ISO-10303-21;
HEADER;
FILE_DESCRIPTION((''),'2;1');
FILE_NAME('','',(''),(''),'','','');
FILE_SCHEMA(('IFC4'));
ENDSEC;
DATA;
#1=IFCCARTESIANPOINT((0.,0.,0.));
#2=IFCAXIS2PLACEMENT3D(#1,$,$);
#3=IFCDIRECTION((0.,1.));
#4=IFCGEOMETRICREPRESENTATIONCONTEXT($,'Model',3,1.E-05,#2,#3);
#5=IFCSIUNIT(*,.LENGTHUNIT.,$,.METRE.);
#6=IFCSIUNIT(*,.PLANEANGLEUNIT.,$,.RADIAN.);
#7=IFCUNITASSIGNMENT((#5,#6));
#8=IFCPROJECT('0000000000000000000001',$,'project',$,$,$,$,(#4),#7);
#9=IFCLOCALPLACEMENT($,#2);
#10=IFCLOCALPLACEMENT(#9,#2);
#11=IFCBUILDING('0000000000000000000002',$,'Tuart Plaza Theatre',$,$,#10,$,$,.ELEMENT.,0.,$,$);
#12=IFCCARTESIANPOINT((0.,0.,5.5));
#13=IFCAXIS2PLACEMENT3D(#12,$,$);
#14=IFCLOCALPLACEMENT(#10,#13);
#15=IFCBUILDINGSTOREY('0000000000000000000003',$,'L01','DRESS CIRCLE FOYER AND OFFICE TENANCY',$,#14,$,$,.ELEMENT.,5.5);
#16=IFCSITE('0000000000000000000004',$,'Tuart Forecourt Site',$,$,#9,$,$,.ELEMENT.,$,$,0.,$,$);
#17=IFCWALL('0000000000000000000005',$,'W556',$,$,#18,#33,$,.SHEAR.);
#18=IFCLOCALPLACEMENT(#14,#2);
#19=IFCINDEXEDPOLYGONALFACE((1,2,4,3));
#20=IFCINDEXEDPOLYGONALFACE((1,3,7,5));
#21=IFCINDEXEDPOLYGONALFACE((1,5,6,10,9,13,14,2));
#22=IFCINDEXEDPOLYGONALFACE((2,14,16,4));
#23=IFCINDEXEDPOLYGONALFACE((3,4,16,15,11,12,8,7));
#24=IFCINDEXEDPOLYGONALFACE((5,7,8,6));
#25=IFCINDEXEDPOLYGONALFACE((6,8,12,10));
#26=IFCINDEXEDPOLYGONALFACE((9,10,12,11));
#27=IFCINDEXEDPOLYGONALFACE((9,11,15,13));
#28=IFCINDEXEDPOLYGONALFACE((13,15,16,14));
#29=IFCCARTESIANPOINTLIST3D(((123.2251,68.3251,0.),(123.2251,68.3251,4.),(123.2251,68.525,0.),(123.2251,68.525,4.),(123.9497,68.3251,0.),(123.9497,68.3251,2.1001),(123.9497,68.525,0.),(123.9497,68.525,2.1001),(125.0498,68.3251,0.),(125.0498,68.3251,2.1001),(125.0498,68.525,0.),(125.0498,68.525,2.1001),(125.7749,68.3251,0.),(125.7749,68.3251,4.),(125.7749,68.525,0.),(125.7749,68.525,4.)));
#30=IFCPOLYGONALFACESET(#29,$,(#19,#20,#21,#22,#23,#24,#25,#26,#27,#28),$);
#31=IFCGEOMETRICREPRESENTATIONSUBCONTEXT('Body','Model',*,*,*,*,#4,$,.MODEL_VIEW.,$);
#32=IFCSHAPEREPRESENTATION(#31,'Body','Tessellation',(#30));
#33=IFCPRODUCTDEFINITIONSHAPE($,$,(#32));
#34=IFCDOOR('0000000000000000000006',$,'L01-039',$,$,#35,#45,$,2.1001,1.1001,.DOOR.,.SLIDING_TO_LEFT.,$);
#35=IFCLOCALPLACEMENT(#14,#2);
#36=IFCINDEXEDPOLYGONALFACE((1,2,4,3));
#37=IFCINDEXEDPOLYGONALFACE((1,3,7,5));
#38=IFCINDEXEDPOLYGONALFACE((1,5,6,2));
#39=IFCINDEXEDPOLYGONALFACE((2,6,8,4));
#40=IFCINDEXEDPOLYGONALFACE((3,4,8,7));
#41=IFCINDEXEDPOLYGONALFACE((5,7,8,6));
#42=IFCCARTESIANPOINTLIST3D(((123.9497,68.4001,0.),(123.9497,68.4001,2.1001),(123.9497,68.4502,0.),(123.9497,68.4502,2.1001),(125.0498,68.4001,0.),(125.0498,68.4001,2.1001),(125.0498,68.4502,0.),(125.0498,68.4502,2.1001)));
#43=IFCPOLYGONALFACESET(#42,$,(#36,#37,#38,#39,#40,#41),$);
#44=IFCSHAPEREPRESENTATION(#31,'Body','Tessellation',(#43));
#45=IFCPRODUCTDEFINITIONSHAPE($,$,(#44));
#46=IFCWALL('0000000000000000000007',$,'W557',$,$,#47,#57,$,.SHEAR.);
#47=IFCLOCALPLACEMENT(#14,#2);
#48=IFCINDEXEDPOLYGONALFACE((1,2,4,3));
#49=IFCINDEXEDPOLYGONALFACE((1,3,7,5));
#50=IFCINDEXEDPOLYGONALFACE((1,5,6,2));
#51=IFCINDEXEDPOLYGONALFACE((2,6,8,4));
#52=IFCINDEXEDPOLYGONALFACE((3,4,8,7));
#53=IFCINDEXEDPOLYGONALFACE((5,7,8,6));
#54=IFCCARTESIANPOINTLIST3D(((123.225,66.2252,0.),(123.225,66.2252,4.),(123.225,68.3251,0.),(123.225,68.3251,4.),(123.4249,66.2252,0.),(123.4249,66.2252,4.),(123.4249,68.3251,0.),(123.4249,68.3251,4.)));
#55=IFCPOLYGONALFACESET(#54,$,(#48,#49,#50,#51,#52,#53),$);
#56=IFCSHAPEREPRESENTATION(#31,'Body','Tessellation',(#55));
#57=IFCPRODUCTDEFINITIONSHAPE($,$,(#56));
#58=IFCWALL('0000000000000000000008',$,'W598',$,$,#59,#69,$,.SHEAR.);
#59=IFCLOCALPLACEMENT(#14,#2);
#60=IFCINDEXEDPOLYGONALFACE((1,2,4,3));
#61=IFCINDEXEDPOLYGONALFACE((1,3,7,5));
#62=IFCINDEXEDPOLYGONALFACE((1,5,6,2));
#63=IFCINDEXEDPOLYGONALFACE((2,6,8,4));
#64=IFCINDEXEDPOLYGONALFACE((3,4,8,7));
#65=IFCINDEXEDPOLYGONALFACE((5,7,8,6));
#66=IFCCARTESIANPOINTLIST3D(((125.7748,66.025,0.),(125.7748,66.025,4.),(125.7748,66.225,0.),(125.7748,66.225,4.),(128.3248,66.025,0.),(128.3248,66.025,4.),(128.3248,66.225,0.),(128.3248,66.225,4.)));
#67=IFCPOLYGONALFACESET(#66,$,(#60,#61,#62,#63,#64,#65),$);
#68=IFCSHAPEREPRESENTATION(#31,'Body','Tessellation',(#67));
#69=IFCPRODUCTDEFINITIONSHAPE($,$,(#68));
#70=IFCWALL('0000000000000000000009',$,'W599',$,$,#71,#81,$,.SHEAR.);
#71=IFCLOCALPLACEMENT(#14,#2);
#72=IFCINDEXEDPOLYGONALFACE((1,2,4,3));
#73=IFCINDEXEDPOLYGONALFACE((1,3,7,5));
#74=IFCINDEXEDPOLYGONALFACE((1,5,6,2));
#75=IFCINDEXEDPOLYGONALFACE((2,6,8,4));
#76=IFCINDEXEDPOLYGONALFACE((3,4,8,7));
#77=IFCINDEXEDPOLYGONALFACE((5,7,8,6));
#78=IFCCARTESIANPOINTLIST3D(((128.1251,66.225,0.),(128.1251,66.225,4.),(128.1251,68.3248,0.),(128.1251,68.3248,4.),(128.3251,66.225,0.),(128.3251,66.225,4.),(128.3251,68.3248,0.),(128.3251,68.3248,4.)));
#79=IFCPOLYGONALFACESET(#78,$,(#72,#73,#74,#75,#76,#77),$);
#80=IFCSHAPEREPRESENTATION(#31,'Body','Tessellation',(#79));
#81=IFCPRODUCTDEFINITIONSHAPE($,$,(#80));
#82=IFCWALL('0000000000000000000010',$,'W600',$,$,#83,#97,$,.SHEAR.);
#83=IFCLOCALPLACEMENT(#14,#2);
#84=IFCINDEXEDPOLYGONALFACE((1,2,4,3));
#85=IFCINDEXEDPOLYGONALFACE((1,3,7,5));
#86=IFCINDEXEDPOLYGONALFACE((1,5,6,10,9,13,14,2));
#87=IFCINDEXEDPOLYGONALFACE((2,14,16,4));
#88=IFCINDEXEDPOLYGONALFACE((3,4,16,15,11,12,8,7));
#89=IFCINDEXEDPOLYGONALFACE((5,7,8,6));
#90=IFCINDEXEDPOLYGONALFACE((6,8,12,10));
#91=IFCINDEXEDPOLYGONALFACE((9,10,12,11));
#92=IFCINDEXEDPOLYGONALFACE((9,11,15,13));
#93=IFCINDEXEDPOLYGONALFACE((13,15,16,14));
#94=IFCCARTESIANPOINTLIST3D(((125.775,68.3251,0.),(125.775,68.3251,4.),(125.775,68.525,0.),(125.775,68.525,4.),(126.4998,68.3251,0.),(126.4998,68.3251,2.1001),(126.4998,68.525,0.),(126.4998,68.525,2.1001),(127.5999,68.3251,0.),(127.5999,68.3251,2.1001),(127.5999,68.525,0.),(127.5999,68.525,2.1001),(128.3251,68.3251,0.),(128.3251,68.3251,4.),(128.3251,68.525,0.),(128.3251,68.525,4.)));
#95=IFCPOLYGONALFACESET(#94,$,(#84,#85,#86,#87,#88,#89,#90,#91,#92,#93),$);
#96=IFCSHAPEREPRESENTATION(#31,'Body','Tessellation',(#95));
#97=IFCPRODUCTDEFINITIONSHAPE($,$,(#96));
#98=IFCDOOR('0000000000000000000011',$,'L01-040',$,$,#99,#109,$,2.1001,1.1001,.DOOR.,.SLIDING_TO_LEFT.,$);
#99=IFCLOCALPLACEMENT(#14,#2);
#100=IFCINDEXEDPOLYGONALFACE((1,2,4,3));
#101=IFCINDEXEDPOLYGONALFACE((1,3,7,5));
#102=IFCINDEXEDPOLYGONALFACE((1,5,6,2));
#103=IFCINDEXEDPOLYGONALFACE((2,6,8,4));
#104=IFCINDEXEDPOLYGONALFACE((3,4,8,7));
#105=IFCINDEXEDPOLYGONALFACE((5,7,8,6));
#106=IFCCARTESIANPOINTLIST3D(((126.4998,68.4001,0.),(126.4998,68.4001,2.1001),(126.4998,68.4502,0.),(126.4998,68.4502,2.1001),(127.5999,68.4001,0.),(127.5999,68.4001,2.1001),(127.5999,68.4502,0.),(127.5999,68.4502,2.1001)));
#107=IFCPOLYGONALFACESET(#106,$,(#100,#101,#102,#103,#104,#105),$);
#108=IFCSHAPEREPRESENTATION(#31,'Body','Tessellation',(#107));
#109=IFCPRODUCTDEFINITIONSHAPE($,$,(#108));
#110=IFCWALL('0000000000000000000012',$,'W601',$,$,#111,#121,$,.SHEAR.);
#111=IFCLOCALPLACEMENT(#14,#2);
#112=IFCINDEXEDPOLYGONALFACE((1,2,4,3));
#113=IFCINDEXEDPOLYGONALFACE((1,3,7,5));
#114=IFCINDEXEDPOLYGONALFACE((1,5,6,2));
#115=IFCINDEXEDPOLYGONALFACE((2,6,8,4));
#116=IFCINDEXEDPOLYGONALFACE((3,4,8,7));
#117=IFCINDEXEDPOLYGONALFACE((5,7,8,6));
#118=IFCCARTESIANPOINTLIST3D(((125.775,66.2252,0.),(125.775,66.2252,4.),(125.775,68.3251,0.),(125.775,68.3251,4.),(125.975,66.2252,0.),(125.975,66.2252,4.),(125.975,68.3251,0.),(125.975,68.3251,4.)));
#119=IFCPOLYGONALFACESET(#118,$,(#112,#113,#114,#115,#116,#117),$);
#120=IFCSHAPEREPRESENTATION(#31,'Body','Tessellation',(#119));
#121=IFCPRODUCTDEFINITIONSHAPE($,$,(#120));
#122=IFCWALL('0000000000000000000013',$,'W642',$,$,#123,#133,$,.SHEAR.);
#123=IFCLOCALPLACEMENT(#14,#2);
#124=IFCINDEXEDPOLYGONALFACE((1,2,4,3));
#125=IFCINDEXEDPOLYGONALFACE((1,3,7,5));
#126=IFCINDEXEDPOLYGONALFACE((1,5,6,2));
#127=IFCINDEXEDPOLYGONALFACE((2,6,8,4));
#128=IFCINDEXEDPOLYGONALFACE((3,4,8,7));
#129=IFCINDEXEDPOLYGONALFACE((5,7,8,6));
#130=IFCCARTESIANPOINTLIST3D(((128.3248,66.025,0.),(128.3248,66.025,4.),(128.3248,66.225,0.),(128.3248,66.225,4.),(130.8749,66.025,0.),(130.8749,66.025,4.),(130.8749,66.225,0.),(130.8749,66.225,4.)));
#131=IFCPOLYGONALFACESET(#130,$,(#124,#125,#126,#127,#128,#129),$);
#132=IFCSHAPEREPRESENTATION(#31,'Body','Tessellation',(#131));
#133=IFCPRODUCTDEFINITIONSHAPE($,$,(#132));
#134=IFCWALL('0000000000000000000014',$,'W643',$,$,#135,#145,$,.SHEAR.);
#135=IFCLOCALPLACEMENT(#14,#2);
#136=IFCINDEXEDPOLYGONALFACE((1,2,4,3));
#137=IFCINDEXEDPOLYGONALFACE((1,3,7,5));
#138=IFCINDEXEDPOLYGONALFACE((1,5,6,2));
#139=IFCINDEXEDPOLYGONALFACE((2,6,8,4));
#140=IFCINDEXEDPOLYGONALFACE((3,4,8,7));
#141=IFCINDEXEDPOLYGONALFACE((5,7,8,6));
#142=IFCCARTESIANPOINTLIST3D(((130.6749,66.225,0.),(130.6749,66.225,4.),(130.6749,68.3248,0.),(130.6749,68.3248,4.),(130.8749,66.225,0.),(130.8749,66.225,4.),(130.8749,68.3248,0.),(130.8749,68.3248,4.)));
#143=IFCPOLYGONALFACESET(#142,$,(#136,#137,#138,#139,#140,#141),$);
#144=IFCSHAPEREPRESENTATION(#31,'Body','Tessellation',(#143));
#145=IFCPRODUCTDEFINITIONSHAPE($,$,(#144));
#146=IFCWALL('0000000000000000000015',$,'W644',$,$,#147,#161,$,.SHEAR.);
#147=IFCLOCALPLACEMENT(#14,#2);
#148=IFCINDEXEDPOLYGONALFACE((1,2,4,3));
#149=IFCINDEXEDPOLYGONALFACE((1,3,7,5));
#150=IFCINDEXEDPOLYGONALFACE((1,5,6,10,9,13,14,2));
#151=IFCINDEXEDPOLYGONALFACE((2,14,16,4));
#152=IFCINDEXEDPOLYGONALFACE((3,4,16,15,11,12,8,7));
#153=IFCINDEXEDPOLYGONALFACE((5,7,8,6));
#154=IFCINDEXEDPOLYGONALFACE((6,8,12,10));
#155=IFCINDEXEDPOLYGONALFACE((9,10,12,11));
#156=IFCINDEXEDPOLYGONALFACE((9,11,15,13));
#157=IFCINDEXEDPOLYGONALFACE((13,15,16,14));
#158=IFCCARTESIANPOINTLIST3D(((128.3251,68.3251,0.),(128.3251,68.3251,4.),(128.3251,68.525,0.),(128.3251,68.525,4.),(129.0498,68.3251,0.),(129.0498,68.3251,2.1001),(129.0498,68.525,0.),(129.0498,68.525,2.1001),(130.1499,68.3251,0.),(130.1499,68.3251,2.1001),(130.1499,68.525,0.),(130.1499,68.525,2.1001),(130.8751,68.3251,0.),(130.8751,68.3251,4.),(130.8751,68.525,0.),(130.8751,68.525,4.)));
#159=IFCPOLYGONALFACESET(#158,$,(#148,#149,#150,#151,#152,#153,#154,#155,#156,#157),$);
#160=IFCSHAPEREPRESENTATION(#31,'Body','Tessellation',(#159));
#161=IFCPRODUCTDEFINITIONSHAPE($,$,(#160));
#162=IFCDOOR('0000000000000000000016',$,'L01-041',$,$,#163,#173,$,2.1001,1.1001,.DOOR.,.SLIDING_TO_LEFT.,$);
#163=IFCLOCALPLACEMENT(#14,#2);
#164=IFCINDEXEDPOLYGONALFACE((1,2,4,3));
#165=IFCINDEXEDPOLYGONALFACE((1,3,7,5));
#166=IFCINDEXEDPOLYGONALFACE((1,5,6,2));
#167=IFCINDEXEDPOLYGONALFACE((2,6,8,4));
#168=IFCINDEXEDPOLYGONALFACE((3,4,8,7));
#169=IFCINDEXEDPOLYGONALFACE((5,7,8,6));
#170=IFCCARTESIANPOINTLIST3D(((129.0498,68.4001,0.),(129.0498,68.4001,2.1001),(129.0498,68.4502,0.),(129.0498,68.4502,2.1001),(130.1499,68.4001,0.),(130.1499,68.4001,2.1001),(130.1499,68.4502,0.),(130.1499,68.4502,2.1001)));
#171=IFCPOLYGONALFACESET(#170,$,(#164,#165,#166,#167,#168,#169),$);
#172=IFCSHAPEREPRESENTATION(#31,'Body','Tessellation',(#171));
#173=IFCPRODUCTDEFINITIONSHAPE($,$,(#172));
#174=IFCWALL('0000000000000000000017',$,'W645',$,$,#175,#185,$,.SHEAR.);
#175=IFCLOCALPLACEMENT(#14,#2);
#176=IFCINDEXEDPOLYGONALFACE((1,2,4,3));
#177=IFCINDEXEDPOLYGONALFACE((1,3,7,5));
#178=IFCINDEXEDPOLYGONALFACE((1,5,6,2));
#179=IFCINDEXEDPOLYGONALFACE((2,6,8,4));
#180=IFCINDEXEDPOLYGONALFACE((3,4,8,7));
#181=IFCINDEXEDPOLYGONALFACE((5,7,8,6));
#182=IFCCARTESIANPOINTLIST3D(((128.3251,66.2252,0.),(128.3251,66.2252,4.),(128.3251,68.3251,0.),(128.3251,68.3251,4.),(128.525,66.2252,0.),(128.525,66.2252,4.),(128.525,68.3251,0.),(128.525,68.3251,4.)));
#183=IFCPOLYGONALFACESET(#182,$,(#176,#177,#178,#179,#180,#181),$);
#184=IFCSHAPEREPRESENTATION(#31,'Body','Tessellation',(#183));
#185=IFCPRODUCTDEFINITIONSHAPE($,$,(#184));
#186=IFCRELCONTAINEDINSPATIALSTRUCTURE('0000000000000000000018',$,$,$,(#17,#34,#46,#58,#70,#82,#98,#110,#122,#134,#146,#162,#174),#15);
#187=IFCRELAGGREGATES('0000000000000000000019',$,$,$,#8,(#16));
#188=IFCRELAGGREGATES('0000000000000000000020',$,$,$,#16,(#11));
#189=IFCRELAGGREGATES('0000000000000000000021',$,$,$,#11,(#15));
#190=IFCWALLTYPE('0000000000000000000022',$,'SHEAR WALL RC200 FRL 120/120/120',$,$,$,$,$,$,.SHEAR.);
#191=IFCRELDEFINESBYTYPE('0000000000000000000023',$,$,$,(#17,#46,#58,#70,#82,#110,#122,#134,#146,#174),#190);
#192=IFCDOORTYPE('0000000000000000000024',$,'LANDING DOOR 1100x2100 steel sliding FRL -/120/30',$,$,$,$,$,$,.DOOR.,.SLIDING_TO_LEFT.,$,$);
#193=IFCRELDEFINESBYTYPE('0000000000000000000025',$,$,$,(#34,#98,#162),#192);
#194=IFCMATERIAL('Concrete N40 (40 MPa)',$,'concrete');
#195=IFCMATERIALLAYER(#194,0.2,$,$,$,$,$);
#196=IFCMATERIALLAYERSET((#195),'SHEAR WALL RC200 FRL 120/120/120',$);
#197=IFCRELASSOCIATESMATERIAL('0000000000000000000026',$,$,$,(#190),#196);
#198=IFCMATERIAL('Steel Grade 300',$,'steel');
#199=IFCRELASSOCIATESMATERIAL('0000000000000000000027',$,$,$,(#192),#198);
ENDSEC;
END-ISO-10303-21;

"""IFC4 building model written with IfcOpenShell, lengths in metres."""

from ifc_helpers import new_model, si_unit, direction, frame, frame_2d, origin, place, context, subcontext, project, spatial, rectangle, extrude, material, layer, layer_set, type_object, element, fill, save


model = new_model("IFC4")

# Units and contexts
model_context = context("Model", 3, precision=1e-05, world=origin(), true_north=direction((0.0, 1.0)))
body_context = subcontext(model_context, "Body", "Model", "MODEL_VIEW")
ifc_project = project(units=[si_unit("LENGTHUNIT", "METRE"), si_unit("PLANEANGLEUNIT", "RADIAN")], contexts=[model_context])

# Site, building, storey
site_placement = place(None, origin())
site = spatial("IfcSite", under=ifc_project, at=site_placement, Name="Tuart Forecourt Site", CompositionType="ELEMENT", RefElevation=0.0)
building_placement = place(site_placement, origin())
building = spatial("IfcBuilding", under=site, at=building_placement, Name="Tuart Plaza Theatre", CompositionType="ELEMENT", ElevationOfRefHeight=0.0)
storey_placement = place(building_placement, frame((0.0, 0.0, 5.5)))
storey = spatial("IfcBuildingStorey", under=building, at=storey_placement, Name="L01", Description="DRESS CIRCLE FOYER AND OFFICE TENANCY", CompositionType="ELEMENT", Elevation=5.5)

# Shared definitions
ifc_material_1 = material(Name="Concrete N40 (40 MPa)", Category="concrete")
ifc_layer_1 = layer(ifc_material_1, 0.2)
ifc_layer_set_1 = layer_set([ifc_layer_1], Name="SHEAR WALL RC200 FRL 120/120/120")
wall_type_1 = type_object("IfcWallType", Name="SHEAR WALL RC200 FRL 120/120/120", PredefinedType="SHEAR", material=ifc_layer_set_1)

# Wall, opening, door
wall_1_placement = place(storey_placement, frame((125.7749, 68.425, 0.0), z_axis=(0.0, 0.0, 1.0), x_axis=(-1.0, 0.0, 0.0)))
wall_1 = element("IfcWall", 1, at=wall_1_placement, inside=storey, type_object=wall_type_1, Name="W556", PredefinedType="SHEAR", context=body_context, shape_type="SweptSolid", body=[
    extrude(rectangle(XDim=2.5498, YDim=0.2, at=frame_2d((1.2749, 0.0))), origin(), (0.0, 0.0, 1.0), 4.0),
])
opening_1_placement = place(wall_1_placement, frame((0.7251, 0.0, 0.0)))
opening_1 = element("IfcOpeningElement", 2, at=opening_1_placement, cuts=wall_1, PredefinedType="OPENING", context=body_context, shape_type="SweptSolid", body=[
    extrude(rectangle(XDim=1.1001, YDim=2.1001, at=frame_2d((0.55, 1.05))), frame((0.0, 0.1099, 0.0), z_axis=(0.0, -1.0, 0.0), x_axis=(1.0, 0.0, 0.0)), (0.0, 0.0, 1.0), 0.22),
])
ifc_material_2 = material(Name="Steel Grade 300", Category="steel")
door_type_1 = type_object("IfcDoorType", Name="LANDING DOOR 1100x2100 steel sliding FRL -/120/30", OperationType="SLIDING_TO_LEFT", PredefinedType="DOOR", material=ifc_material_2)
door_1_placement = place(opening_1_placement, origin())
door_1 = element("IfcDoor", 3, at=door_1_placement, inside=storey, type_object=door_type_1, Name="L01-039", OperationType="SLIDING_TO_LEFT", OverallHeight=2.1001, OverallWidth=1.1001, PredefinedType="DOOR", context=body_context, shape_type="SweptSolid", body=[
    extrude(rectangle(XDim=1.1001, YDim=2.1001, at=frame_2d((0.55, 1.05))), frame((0.0, 0.0249, 0.0), z_axis=(0.0, -1.0, 0.0), x_axis=(1.0, 0.0, 0.0)), (0.0, 0.0, 1.0), 0.05),
])
fill(opening_1, door_1)

# Walls
wall_2_placement = place(storey_placement, frame((123.325, 68.325, 0.0), z_axis=(0.0, 0.0, 1.0), x_axis=(0.0, -1.0, 0.0)))
element("IfcWall", 4, at=wall_2_placement, inside=storey, type_object=wall_type_1, Name="W557", PredefinedType="SHEAR", context=body_context, shape_type="SweptSolid", body=[
    extrude(rectangle(XDim=2.0999, YDim=0.2, at=frame_2d((1.0498, 0.0))), origin(), (0.0, 0.0, 1.0), 4.0),
])
wall_3_placement = place(storey_placement, frame((125.7749, 66.125, 0.0), z_axis=(0.0, 0.0, 1.0), x_axis=(1.0, 0.0, 0.0)))
element("IfcWall", 5, at=wall_3_placement, inside=storey, type_object=wall_type_1, Name="W598", PredefinedType="SHEAR", context=body_context, shape_type="SweptSolid", body=[
    extrude(rectangle(XDim=2.55, YDim=0.2, at=frame_2d((1.2749, 0.0))), origin(), (0.0, 0.0, 1.0), 4.0),
])
wall_4_placement = place(storey_placement, frame((128.2251, 66.2251, 0.0), z_axis=(0.0, 0.0, 1.0), x_axis=(0.0, 1.0, 0.0)))
element("IfcWall", 6, at=wall_4_placement, inside=storey, type_object=wall_type_1, Name="W599", PredefinedType="SHEAR", context=body_context, shape_type="SweptSolid", body=[
    extrude(rectangle(XDim=2.0999, YDim=0.2, at=frame_2d((1.0498, 0.0))), origin(), (0.0, 0.0, 1.0), 4.0),
])

# Wall, opening, door
wall_5_placement = place(storey_placement, frame((128.325, 68.425, 0.0), z_axis=(0.0, 0.0, 1.0), x_axis=(-1.0, 0.0, 0.0)))
wall_5 = element("IfcWall", 7, at=wall_5_placement, inside=storey, type_object=wall_type_1, Name="W600", PredefinedType="SHEAR", context=body_context, shape_type="SweptSolid", body=[
    extrude(rectangle(XDim=2.55, YDim=0.2, at=frame_2d((1.2749, 0.0))), origin(), (0.0, 0.0, 1.0), 4.0),
])
opening_2_placement = place(wall_5_placement, frame((0.7251, 0.0, 0.0)))
opening_2 = element("IfcOpeningElement", 8, at=opening_2_placement, cuts=wall_5, PredefinedType="OPENING", context=body_context, shape_type="SweptSolid", body=[
    extrude(rectangle(XDim=1.1001, YDim=2.1001, at=frame_2d((0.55, 1.05))), frame((0.0, 0.1099, 0.0), z_axis=(0.0, -1.0, 0.0), x_axis=(1.0, 0.0, 0.0)), (0.0, 0.0, 1.0), 0.22),
])
door_2_placement = place(opening_2_placement, origin())
door_2 = element("IfcDoor", 9, at=door_2_placement, inside=storey, type_object=door_type_1, Name="L01-040", OperationType="SLIDING_TO_LEFT", OverallHeight=2.1001, OverallWidth=1.1001, PredefinedType="DOOR", context=body_context, shape_type="SweptSolid", body=[
    extrude(rectangle(XDim=1.1001, YDim=2.1001, at=frame_2d((0.55, 1.05))), frame((0.0, 0.0249, 0.0), z_axis=(0.0, -1.0, 0.0), x_axis=(1.0, 0.0, 0.0)), (0.0, 0.0, 1.0), 0.05),
])
fill(opening_2, door_2)

# Walls
wall_6_placement = place(storey_placement, frame((125.875, 68.325, 0.0), z_axis=(0.0, 0.0, 1.0), x_axis=(0.0, -1.0, 0.0)))
element("IfcWall", 10, at=wall_6_placement, inside=storey, type_object=wall_type_1, Name="W601", PredefinedType="SHEAR", context=body_context, shape_type="SweptSolid", body=[
    extrude(rectangle(XDim=2.0999, YDim=0.2, at=frame_2d((1.0498, 0.0))), origin(), (0.0, 0.0, 1.0), 4.0),
])
wall_7_placement = place(storey_placement, frame((128.325, 66.125, 0.0), z_axis=(0.0, 0.0, 1.0), x_axis=(1.0, 0.0, 0.0)))
element("IfcWall", 11, at=wall_7_placement, inside=storey, type_object=wall_type_1, Name="W642", PredefinedType="SHEAR", context=body_context, shape_type="SweptSolid", body=[
    extrude(rectangle(XDim=2.55, YDim=0.2, at=frame_2d((1.2749, 0.0))), origin(), (0.0, 0.0, 1.0), 4.0),
])
wall_8_placement = place(storey_placement, frame((130.7749, 66.2251, 0.0), z_axis=(0.0, 0.0, 1.0), x_axis=(0.0, 1.0, 0.0)))
element("IfcWall", 12, at=wall_8_placement, inside=storey, type_object=wall_type_1, Name="W643", PredefinedType="SHEAR", context=body_context, shape_type="SweptSolid", body=[
    extrude(rectangle(XDim=2.0999, YDim=0.2, at=frame_2d((1.0498, 0.0))), origin(), (0.0, 0.0, 1.0), 4.0),
])

# Wall, opening, door
wall_9_placement = place(storey_placement, frame((130.875, 68.425, 0.0), z_axis=(0.0, 0.0, 1.0), x_axis=(-1.0, 0.0, 0.0)))
wall_9 = element("IfcWall", 13, at=wall_9_placement, inside=storey, type_object=wall_type_1, Name="W644", PredefinedType="SHEAR", context=body_context, shape_type="SweptSolid", body=[
    extrude(rectangle(XDim=2.55, YDim=0.2, at=frame_2d((1.2749, 0.0))), origin(), (0.0, 0.0, 1.0), 4.0),
])
opening_3_placement = place(wall_9_placement, frame((0.7251, 0.0, 0.0)))
opening_3 = element("IfcOpeningElement", 14, at=opening_3_placement, cuts=wall_9, PredefinedType="OPENING", context=body_context, shape_type="SweptSolid", body=[
    extrude(rectangle(XDim=1.1001, YDim=2.1001, at=frame_2d((0.55, 1.05))), frame((0.0, 0.1099, 0.0), z_axis=(0.0, -1.0, 0.0), x_axis=(1.0, 0.0, 0.0)), (0.0, 0.0, 1.0), 0.22),
])
door_3_placement = place(opening_3_placement, origin())
door_3 = element("IfcDoor", 15, at=door_3_placement, inside=storey, type_object=door_type_1, Name="L01-041", OperationType="SLIDING_TO_LEFT", OverallHeight=2.1001, OverallWidth=1.1001, PredefinedType="DOOR", context=body_context, shape_type="SweptSolid", body=[
    extrude(rectangle(XDim=1.1001, YDim=2.1001, at=frame_2d((0.55, 1.05))), frame((0.0, 0.0249, 0.0), z_axis=(0.0, -1.0, 0.0), x_axis=(1.0, 0.0, 0.0)), (0.0, 0.0, 1.0), 0.05),
])
fill(opening_3, door_3)

# Wall
wall_10_placement = place(storey_placement, frame((128.425, 68.325, 0.0), z_axis=(0.0, 0.0, 1.0), x_axis=(0.0, -1.0, 0.0)))
element("IfcWall", 16, at=wall_10_placement, inside=storey, type_object=wall_type_1, Name="W645", PredefinedType="SHEAR", context=body_context, shape_type="SweptSolid", body=[
    extrude(rectangle(XDim=2.0999, YDim=0.2, at=frame_2d((1.0498, 0.0))), origin(), (0.0, 0.0, 1.0), 4.0),
])

save(model, "model.ifc")
